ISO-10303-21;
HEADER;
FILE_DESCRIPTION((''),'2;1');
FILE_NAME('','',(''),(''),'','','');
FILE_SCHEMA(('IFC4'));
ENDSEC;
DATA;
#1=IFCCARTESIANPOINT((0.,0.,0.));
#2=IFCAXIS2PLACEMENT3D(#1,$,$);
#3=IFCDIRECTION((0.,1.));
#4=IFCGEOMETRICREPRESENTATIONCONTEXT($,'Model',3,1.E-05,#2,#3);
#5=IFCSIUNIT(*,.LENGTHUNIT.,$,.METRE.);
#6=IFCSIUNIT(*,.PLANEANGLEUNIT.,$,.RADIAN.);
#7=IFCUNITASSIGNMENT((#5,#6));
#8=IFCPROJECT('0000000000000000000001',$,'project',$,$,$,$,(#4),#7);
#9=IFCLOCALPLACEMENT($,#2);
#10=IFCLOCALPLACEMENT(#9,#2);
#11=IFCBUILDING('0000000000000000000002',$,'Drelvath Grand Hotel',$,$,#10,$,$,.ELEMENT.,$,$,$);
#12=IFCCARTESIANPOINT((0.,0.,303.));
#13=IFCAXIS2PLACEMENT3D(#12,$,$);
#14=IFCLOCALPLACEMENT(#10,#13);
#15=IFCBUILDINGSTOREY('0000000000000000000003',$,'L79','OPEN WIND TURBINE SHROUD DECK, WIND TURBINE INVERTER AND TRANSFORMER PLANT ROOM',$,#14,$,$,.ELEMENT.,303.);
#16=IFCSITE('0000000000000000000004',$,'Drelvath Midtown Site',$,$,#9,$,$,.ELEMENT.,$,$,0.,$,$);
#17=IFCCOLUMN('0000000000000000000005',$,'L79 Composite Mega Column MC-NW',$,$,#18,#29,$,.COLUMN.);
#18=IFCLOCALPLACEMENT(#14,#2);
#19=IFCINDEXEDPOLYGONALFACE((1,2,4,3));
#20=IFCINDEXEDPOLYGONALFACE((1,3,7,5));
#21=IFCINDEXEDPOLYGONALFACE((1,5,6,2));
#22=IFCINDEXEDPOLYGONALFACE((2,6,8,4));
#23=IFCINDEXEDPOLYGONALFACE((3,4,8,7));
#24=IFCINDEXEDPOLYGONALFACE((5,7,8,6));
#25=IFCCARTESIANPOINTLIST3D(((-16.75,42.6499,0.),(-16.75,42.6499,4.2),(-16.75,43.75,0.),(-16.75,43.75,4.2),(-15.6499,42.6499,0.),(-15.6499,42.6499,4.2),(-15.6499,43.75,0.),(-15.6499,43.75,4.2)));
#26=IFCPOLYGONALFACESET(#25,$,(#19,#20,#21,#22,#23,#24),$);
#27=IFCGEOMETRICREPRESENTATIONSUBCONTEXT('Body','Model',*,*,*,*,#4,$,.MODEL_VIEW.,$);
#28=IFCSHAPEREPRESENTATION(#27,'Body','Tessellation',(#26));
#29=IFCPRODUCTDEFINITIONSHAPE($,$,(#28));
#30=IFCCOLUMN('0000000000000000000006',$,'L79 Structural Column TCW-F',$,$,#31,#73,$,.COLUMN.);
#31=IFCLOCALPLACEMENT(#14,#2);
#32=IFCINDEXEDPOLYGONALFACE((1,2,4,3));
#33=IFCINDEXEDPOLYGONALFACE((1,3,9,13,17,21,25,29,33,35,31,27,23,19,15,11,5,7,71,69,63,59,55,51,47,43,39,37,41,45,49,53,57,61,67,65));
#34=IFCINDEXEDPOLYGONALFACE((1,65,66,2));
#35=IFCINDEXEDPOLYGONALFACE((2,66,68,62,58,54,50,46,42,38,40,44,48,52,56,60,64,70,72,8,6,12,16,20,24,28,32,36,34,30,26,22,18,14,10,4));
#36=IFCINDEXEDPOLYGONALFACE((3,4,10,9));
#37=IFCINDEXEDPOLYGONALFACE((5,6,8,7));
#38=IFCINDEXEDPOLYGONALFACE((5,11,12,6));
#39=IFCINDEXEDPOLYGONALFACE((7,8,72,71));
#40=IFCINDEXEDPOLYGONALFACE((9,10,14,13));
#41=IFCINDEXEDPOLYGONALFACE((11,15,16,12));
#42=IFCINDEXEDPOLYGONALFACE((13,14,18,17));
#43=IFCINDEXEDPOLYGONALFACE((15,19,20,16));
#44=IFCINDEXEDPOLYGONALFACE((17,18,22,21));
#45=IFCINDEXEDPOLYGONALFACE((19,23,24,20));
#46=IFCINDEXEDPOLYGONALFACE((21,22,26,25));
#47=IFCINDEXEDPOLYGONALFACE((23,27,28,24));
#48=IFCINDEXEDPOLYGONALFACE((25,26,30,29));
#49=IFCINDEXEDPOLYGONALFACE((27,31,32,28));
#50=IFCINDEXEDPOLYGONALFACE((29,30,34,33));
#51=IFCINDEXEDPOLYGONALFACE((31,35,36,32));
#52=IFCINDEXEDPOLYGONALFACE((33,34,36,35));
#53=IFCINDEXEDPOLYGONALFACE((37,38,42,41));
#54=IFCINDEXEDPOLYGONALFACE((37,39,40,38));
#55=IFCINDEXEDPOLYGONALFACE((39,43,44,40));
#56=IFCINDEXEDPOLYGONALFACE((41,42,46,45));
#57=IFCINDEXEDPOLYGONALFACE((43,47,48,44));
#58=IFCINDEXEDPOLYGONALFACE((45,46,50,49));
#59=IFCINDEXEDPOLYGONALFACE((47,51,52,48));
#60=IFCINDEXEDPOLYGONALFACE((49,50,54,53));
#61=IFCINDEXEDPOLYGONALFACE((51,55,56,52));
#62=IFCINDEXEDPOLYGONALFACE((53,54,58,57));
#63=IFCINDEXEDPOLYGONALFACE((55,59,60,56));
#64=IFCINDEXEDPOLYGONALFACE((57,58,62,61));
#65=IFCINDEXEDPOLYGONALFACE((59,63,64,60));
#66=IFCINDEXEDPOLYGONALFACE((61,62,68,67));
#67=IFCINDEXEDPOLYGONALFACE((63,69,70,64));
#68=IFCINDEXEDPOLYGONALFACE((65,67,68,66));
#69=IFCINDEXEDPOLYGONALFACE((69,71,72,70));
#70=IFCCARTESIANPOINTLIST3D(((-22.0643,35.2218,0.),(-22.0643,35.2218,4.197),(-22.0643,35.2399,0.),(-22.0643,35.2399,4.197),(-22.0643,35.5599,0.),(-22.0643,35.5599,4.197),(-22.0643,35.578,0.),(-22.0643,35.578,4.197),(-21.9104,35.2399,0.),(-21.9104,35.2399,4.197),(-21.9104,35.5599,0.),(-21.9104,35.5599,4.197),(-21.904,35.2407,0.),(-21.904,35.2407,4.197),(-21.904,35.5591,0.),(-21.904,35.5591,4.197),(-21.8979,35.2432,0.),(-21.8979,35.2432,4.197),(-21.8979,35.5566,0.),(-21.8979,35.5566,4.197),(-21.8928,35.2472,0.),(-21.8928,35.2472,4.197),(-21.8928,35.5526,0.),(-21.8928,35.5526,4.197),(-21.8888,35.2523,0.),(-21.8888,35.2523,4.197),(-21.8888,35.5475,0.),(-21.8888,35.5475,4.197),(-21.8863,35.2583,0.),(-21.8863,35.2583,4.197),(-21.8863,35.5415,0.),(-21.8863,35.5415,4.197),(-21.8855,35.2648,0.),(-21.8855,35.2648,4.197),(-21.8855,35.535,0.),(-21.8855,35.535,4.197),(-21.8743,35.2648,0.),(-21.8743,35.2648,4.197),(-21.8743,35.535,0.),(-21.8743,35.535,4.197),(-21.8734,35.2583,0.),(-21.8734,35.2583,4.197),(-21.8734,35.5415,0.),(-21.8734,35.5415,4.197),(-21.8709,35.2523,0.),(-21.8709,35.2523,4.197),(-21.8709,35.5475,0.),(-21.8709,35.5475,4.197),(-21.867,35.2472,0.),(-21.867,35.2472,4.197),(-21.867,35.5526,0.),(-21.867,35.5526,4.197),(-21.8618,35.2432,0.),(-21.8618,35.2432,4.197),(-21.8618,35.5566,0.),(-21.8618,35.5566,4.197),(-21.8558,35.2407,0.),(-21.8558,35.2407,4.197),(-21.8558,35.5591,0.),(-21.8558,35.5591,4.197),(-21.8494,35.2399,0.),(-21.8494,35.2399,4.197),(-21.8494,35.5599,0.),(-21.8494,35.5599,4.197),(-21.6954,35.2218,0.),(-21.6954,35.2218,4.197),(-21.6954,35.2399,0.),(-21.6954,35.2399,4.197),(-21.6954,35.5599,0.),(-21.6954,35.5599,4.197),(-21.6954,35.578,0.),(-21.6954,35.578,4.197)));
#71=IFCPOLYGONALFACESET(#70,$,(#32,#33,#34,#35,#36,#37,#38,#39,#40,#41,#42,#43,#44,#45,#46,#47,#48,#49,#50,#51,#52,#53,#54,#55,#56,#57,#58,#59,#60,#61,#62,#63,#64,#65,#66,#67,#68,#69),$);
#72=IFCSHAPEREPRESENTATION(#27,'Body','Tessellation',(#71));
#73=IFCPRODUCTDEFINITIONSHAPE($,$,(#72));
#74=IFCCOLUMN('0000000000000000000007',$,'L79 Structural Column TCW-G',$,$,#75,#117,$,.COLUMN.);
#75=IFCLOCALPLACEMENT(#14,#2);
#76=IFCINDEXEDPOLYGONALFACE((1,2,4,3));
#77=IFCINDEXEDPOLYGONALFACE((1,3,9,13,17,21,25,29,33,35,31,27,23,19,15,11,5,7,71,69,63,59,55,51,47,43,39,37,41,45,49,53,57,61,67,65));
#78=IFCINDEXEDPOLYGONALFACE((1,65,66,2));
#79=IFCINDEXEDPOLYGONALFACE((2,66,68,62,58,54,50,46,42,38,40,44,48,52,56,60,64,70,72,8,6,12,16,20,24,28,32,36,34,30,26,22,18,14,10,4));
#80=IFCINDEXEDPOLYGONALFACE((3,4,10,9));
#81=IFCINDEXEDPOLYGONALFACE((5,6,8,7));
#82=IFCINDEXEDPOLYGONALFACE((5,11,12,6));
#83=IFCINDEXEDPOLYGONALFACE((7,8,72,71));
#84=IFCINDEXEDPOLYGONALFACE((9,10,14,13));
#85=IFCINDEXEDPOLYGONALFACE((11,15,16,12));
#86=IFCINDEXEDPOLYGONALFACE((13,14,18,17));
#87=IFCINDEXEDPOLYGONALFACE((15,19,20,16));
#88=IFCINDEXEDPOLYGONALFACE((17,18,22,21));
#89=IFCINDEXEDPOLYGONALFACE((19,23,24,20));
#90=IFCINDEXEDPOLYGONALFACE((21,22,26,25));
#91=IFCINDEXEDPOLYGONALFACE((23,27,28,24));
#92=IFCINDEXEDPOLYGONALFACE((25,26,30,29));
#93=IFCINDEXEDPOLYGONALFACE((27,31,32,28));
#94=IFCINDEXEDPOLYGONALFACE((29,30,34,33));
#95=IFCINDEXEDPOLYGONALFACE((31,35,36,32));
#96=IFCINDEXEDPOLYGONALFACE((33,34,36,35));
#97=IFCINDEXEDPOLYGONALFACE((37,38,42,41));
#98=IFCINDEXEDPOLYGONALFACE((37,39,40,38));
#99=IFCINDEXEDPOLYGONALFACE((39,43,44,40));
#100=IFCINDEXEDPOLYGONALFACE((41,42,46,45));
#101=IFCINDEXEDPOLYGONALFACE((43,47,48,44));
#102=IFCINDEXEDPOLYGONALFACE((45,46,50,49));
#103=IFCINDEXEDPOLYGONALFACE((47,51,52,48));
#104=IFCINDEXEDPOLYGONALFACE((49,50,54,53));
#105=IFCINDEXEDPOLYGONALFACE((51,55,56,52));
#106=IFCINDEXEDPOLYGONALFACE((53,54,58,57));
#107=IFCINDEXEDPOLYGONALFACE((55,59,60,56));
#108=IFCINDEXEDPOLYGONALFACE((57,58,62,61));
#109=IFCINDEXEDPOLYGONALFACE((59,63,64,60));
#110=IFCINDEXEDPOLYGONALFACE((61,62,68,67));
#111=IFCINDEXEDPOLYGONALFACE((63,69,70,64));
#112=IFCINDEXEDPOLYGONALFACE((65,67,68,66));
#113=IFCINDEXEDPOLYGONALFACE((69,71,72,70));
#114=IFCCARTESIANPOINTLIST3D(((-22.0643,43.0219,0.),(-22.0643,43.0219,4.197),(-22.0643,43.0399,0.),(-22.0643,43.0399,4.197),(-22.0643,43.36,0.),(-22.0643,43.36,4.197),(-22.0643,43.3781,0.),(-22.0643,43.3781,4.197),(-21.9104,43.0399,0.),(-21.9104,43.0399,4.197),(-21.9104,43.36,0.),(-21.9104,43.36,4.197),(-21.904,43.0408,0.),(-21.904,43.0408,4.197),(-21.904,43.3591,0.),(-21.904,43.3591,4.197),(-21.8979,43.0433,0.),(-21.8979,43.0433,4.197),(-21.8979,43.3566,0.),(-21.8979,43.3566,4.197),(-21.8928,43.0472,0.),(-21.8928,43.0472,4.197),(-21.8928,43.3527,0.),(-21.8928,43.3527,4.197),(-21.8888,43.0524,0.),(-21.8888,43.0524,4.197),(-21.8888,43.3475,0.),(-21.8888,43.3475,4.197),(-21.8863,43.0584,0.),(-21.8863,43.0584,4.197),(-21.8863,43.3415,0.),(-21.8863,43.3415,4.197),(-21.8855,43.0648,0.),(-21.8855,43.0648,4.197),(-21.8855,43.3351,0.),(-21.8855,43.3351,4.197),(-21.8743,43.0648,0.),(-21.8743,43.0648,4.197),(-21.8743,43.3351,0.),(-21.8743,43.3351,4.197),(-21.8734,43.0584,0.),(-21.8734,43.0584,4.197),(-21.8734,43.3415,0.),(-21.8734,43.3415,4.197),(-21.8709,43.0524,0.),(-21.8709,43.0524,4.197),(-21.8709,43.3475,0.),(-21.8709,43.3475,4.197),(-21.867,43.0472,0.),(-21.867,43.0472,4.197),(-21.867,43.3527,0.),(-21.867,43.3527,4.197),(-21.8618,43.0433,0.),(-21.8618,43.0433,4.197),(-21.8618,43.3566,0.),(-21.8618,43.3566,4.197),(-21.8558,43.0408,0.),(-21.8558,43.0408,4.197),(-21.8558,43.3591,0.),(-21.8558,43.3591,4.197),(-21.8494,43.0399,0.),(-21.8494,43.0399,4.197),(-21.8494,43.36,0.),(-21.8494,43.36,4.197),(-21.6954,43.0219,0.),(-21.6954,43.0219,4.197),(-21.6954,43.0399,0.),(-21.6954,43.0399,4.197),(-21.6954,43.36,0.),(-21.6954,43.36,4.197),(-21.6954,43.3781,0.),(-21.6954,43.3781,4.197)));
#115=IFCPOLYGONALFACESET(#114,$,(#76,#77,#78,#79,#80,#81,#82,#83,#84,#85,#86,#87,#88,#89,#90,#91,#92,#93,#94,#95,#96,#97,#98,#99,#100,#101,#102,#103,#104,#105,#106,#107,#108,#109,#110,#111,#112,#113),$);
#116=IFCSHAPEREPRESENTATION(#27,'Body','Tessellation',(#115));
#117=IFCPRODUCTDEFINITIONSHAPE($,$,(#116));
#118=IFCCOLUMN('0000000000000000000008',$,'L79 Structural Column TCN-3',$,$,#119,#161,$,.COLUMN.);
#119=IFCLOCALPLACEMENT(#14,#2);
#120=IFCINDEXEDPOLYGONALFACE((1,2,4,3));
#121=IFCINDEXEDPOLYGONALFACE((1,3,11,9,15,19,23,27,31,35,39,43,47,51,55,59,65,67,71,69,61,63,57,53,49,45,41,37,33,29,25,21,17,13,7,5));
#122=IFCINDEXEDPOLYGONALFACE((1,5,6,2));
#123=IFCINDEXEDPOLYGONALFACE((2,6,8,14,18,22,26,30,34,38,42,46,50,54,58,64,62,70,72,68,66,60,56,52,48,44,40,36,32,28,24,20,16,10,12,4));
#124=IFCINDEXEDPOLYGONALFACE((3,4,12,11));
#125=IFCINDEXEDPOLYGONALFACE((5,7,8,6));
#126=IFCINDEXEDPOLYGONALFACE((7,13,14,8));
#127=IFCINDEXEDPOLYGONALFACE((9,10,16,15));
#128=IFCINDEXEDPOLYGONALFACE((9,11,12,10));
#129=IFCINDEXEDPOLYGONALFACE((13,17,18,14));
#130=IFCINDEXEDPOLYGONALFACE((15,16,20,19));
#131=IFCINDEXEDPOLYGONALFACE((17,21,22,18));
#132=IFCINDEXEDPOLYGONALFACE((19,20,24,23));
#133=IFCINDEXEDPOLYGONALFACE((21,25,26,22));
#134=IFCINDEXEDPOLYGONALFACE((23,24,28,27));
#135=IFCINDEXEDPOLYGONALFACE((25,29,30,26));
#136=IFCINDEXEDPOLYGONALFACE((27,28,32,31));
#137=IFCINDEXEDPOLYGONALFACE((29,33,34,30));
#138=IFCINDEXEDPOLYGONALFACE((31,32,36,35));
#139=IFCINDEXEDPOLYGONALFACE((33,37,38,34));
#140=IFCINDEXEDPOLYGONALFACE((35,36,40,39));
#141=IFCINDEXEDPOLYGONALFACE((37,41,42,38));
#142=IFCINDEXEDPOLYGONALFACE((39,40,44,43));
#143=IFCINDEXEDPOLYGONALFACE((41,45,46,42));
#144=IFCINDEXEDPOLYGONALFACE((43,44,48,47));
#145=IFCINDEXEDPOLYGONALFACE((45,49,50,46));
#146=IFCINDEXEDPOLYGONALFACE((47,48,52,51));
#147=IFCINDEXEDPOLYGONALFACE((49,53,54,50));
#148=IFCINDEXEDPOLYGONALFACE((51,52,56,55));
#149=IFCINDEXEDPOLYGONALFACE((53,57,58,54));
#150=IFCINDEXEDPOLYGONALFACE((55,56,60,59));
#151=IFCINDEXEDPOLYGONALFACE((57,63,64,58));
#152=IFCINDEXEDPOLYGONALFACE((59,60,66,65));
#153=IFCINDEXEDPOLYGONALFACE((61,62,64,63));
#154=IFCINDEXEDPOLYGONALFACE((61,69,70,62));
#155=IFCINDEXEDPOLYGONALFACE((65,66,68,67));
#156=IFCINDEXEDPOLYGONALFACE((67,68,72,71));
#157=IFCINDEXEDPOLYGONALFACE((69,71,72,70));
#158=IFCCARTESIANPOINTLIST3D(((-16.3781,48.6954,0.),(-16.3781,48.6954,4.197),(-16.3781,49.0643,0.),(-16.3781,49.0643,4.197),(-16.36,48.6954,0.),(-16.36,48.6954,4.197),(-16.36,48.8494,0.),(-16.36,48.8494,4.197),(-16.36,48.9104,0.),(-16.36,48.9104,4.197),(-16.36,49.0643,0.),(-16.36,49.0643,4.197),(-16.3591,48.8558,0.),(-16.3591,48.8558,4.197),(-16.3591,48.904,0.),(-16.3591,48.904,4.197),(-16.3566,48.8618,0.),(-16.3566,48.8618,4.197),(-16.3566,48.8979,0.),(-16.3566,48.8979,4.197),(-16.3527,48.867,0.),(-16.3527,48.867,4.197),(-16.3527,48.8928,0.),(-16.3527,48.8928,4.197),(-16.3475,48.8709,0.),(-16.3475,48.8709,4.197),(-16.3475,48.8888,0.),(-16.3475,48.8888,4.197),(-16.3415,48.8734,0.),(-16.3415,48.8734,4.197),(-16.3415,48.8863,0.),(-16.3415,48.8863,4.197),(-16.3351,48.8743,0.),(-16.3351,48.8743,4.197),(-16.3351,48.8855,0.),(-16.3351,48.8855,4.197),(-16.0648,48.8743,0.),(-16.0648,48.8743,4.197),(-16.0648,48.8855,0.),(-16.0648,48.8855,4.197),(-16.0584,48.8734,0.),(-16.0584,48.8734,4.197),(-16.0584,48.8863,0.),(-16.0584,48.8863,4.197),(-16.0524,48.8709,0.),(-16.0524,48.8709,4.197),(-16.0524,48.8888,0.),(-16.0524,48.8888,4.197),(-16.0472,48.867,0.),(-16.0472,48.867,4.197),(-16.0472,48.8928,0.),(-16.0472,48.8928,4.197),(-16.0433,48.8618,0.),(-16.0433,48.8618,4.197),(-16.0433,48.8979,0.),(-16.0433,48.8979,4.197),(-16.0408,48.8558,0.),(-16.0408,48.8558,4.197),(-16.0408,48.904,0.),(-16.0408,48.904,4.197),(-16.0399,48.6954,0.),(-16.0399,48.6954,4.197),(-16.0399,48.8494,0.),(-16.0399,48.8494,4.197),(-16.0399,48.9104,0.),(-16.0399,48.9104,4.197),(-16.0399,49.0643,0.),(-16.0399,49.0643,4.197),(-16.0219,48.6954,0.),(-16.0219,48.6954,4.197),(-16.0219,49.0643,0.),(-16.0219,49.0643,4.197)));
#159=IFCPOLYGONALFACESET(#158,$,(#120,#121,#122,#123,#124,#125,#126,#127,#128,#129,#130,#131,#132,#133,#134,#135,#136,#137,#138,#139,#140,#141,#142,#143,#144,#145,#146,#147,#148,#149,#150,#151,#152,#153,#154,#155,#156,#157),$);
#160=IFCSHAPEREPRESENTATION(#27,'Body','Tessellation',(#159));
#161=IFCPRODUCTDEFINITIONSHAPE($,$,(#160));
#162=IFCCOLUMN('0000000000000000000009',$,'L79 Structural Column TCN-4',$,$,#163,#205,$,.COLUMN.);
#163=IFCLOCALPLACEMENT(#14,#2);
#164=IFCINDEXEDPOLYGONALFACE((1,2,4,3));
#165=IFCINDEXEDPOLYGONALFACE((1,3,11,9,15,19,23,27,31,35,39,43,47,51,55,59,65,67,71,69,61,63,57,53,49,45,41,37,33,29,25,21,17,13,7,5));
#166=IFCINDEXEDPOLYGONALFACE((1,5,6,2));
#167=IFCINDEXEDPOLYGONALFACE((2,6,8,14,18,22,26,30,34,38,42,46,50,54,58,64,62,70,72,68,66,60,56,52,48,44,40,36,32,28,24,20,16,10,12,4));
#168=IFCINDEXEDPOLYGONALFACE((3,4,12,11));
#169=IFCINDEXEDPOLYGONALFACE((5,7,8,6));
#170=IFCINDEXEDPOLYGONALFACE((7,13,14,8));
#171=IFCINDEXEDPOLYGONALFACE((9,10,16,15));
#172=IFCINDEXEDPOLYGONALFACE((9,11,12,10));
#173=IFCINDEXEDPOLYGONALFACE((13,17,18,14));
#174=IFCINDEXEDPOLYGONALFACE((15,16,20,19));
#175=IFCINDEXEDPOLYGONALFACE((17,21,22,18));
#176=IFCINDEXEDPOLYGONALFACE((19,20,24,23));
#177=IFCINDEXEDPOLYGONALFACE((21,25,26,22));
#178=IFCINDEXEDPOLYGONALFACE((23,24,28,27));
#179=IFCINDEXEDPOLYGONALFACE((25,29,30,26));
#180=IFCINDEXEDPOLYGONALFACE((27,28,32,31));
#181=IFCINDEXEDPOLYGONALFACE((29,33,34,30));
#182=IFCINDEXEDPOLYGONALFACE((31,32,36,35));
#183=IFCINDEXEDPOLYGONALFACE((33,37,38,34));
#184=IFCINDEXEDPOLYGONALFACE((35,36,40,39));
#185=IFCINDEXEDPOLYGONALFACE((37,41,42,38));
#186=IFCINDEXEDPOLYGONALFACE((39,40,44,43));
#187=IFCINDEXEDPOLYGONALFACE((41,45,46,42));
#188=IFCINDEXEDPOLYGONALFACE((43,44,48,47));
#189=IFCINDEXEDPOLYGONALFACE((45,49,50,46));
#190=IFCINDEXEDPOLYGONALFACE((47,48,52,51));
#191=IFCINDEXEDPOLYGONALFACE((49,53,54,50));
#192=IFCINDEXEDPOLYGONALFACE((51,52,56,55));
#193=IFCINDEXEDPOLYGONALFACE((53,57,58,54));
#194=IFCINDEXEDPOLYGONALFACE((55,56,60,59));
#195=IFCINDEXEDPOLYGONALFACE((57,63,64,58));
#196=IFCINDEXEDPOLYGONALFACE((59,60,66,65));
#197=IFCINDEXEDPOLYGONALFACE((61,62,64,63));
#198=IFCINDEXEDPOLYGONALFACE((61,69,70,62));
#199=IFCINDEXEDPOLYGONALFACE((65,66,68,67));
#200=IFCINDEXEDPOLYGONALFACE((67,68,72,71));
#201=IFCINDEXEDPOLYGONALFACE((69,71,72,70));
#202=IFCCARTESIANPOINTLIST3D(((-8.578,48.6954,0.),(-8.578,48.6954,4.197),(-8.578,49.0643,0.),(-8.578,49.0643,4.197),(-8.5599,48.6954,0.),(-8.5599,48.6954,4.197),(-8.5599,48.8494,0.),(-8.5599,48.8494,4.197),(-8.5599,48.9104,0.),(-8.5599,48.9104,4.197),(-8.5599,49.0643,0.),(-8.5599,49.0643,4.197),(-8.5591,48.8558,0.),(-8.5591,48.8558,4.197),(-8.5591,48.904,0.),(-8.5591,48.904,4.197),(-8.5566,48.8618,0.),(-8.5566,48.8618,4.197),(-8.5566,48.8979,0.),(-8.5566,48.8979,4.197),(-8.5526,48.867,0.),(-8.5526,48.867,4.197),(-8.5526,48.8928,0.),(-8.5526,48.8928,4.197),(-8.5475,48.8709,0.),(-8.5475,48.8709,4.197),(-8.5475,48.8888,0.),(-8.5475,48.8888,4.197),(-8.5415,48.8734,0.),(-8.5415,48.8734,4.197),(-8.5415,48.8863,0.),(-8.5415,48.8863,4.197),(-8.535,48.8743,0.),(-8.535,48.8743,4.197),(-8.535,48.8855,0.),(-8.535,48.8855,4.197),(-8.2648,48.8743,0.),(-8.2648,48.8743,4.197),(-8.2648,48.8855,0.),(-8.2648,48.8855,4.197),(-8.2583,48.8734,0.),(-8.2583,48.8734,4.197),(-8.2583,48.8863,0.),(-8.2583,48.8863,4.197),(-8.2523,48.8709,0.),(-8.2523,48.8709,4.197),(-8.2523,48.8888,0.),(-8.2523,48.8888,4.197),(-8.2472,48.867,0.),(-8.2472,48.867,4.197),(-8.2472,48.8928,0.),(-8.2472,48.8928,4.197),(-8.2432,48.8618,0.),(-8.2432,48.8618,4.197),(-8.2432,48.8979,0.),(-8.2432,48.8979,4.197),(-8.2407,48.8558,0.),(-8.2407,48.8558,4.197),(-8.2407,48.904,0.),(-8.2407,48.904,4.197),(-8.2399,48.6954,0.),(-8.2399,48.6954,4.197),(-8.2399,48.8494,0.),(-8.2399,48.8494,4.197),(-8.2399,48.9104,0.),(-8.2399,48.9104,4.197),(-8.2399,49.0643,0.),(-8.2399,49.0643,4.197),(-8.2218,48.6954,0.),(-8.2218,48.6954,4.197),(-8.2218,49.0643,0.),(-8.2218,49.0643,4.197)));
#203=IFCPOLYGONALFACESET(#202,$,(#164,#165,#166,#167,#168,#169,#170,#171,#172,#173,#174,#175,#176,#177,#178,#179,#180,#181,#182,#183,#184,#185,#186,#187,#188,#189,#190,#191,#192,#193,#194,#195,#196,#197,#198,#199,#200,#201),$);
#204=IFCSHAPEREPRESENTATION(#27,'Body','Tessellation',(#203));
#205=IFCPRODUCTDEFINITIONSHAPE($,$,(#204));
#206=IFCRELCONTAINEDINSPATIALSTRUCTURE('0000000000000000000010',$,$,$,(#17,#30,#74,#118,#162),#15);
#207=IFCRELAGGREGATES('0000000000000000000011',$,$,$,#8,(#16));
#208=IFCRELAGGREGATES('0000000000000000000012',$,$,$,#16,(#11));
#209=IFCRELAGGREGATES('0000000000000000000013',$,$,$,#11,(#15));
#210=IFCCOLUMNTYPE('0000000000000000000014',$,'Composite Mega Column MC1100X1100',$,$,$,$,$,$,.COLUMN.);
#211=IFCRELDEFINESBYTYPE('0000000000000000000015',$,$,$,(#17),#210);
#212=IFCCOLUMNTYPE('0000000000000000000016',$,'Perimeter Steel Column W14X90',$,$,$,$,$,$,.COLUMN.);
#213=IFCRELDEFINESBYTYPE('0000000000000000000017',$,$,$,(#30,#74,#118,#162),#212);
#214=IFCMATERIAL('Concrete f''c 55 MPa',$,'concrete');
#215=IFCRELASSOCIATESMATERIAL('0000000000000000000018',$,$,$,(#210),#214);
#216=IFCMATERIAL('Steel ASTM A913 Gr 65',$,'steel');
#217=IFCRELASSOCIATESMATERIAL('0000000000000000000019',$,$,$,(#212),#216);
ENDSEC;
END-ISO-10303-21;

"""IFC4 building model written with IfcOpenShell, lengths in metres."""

from ifc_helpers import new_model, si_unit, direction, frame, origin, origin_2d, place, context, subcontext, project, spatial, rectangle, i_section, extrude, material, material_profile, profile_set, type_object, element, save


model = new_model("IFC4")

# Units and contexts
model_context = context("Model", 3, precision=1e-05, world=origin(), true_north=direction((0.0, 1.0)))
body_context = subcontext(model_context, "Body", "Model", "MODEL_VIEW")
ifc_project = project(units=[si_unit("LENGTHUNIT", "METRE"), si_unit("PLANEANGLEUNIT", "RADIAN")], contexts=[model_context])

# Site, building, storey
site_placement = place(None, origin())
site = spatial("IfcSite", under=ifc_project, at=site_placement, Name="Drelvath Midtown Site", CompositionType="ELEMENT", RefElevation=0.0)
building_placement = place(site_placement, origin())
building = spatial("IfcBuilding", under=site, at=building_placement, Name="Drelvath Grand Hotel", CompositionType="ELEMENT")
storey_placement = place(building_placement, frame((0.0, 0.0, 303.0)))
storey = spatial("IfcBuildingStorey", under=building, at=storey_placement, Name="L79", Description="OPEN WIND TURBINE SHROUD DECK, WIND TURBINE INVERTER AND TRANSFORMER PLANT ROOM", CompositionType="ELEMENT", Elevation=303.0)

# Columns
ifc_material_1 = material(Name="Concrete f'c 55 MPa", Category="concrete")
ifc_material_profile_1 = material_profile(ifc_material_1, rectangle(XDim=1.1001, YDim=1.1001, at=origin_2d()), Name="MC1100X1100")
ifc_profile_set_1 = profile_set([ifc_material_profile_1], Name="Concrete f'c 55 MPa")
column_type_1 = type_object("IfcColumnType", Name="Composite Mega Column MC1100X1100", PredefinedType="COLUMN", material=ifc_profile_set_1)
column_placement = place(storey_placement, frame((-16.2, 43.2, 0.0), z_axis=(0.0, 0.0, 1.0), x_axis=(1.0, 0.0, 0.0)))
element("IfcColumn", 1, at=column_placement, inside=storey, type_object=column_type_1, Name="L79 Composite Mega Column MC-NW", PredefinedType="COLUMN", context=body_context, shape_type="SweptSolid", body=[
    extrude(rectangle(XDim=1.1001, YDim=1.1001, at=origin_2d()), origin(), (0.0, 0.0, 1.0), 4.2),
])
ifc_material_2 = material(Name="Steel ASTM A913 Gr 65", Category="steel")
ifc_material_profile_2 = material_profile(ifc_material_2, i_section(OverallWidth=0.3689, OverallDepth=0.3562, WebThickness=0.0112, FlangeThickness=0.0181, FilletRadius=0.0249, at=origin_2d()), Name="W14X90")
ifc_profile_set_2 = profile_set([ifc_material_profile_2], Name="Steel ASTM A913 Gr 65")
column_type_2 = type_object("IfcColumnType", Name="Perimeter Steel Column W14X90", PredefinedType="COLUMN", material=ifc_profile_set_2)
for number, where, z_axis, x_axis, name in (
    (2, (-21.8799, 35.3999, 0.0), (0.0, 0.0, 1.0), (1.0, 0.0, 0.0), "L79 Structural Column TCW-F"),
    (3, (-21.8799, 43.2, 0.0), (0.0, 0.0, 1.0), (1.0, 0.0, 0.0), "L79 Structural Column TCW-G"),
    (4, (-16.2, 48.8799, 0.0), (0.0, 0.0, 1.0), (0.0, 1.0, 0.0), "L79 Structural Column TCN-3"),
    (5, (-8.3999, 48.8799, 0.0), (0.0, 0.0, 1.0), (0.0, 1.0, 0.0), "L79 Structural Column TCN-4"),
):
    element("IfcColumn", number, at=place(storey_placement, frame(where, z_axis=z_axis, x_axis=x_axis)), inside=storey, type_object=column_type_2, Name=name, PredefinedType="COLUMN", context=body_context, shape_type="SweptSolid", body=[
        extrude(i_section(OverallWidth=0.3689, OverallDepth=0.3562, WebThickness=0.0112, FlangeThickness=0.0181, FilletRadius=0.0249, at=origin_2d()), origin(), (0.0, 0.0, 1.0), 4.197),
    ])

save(model, "model.ifc")
